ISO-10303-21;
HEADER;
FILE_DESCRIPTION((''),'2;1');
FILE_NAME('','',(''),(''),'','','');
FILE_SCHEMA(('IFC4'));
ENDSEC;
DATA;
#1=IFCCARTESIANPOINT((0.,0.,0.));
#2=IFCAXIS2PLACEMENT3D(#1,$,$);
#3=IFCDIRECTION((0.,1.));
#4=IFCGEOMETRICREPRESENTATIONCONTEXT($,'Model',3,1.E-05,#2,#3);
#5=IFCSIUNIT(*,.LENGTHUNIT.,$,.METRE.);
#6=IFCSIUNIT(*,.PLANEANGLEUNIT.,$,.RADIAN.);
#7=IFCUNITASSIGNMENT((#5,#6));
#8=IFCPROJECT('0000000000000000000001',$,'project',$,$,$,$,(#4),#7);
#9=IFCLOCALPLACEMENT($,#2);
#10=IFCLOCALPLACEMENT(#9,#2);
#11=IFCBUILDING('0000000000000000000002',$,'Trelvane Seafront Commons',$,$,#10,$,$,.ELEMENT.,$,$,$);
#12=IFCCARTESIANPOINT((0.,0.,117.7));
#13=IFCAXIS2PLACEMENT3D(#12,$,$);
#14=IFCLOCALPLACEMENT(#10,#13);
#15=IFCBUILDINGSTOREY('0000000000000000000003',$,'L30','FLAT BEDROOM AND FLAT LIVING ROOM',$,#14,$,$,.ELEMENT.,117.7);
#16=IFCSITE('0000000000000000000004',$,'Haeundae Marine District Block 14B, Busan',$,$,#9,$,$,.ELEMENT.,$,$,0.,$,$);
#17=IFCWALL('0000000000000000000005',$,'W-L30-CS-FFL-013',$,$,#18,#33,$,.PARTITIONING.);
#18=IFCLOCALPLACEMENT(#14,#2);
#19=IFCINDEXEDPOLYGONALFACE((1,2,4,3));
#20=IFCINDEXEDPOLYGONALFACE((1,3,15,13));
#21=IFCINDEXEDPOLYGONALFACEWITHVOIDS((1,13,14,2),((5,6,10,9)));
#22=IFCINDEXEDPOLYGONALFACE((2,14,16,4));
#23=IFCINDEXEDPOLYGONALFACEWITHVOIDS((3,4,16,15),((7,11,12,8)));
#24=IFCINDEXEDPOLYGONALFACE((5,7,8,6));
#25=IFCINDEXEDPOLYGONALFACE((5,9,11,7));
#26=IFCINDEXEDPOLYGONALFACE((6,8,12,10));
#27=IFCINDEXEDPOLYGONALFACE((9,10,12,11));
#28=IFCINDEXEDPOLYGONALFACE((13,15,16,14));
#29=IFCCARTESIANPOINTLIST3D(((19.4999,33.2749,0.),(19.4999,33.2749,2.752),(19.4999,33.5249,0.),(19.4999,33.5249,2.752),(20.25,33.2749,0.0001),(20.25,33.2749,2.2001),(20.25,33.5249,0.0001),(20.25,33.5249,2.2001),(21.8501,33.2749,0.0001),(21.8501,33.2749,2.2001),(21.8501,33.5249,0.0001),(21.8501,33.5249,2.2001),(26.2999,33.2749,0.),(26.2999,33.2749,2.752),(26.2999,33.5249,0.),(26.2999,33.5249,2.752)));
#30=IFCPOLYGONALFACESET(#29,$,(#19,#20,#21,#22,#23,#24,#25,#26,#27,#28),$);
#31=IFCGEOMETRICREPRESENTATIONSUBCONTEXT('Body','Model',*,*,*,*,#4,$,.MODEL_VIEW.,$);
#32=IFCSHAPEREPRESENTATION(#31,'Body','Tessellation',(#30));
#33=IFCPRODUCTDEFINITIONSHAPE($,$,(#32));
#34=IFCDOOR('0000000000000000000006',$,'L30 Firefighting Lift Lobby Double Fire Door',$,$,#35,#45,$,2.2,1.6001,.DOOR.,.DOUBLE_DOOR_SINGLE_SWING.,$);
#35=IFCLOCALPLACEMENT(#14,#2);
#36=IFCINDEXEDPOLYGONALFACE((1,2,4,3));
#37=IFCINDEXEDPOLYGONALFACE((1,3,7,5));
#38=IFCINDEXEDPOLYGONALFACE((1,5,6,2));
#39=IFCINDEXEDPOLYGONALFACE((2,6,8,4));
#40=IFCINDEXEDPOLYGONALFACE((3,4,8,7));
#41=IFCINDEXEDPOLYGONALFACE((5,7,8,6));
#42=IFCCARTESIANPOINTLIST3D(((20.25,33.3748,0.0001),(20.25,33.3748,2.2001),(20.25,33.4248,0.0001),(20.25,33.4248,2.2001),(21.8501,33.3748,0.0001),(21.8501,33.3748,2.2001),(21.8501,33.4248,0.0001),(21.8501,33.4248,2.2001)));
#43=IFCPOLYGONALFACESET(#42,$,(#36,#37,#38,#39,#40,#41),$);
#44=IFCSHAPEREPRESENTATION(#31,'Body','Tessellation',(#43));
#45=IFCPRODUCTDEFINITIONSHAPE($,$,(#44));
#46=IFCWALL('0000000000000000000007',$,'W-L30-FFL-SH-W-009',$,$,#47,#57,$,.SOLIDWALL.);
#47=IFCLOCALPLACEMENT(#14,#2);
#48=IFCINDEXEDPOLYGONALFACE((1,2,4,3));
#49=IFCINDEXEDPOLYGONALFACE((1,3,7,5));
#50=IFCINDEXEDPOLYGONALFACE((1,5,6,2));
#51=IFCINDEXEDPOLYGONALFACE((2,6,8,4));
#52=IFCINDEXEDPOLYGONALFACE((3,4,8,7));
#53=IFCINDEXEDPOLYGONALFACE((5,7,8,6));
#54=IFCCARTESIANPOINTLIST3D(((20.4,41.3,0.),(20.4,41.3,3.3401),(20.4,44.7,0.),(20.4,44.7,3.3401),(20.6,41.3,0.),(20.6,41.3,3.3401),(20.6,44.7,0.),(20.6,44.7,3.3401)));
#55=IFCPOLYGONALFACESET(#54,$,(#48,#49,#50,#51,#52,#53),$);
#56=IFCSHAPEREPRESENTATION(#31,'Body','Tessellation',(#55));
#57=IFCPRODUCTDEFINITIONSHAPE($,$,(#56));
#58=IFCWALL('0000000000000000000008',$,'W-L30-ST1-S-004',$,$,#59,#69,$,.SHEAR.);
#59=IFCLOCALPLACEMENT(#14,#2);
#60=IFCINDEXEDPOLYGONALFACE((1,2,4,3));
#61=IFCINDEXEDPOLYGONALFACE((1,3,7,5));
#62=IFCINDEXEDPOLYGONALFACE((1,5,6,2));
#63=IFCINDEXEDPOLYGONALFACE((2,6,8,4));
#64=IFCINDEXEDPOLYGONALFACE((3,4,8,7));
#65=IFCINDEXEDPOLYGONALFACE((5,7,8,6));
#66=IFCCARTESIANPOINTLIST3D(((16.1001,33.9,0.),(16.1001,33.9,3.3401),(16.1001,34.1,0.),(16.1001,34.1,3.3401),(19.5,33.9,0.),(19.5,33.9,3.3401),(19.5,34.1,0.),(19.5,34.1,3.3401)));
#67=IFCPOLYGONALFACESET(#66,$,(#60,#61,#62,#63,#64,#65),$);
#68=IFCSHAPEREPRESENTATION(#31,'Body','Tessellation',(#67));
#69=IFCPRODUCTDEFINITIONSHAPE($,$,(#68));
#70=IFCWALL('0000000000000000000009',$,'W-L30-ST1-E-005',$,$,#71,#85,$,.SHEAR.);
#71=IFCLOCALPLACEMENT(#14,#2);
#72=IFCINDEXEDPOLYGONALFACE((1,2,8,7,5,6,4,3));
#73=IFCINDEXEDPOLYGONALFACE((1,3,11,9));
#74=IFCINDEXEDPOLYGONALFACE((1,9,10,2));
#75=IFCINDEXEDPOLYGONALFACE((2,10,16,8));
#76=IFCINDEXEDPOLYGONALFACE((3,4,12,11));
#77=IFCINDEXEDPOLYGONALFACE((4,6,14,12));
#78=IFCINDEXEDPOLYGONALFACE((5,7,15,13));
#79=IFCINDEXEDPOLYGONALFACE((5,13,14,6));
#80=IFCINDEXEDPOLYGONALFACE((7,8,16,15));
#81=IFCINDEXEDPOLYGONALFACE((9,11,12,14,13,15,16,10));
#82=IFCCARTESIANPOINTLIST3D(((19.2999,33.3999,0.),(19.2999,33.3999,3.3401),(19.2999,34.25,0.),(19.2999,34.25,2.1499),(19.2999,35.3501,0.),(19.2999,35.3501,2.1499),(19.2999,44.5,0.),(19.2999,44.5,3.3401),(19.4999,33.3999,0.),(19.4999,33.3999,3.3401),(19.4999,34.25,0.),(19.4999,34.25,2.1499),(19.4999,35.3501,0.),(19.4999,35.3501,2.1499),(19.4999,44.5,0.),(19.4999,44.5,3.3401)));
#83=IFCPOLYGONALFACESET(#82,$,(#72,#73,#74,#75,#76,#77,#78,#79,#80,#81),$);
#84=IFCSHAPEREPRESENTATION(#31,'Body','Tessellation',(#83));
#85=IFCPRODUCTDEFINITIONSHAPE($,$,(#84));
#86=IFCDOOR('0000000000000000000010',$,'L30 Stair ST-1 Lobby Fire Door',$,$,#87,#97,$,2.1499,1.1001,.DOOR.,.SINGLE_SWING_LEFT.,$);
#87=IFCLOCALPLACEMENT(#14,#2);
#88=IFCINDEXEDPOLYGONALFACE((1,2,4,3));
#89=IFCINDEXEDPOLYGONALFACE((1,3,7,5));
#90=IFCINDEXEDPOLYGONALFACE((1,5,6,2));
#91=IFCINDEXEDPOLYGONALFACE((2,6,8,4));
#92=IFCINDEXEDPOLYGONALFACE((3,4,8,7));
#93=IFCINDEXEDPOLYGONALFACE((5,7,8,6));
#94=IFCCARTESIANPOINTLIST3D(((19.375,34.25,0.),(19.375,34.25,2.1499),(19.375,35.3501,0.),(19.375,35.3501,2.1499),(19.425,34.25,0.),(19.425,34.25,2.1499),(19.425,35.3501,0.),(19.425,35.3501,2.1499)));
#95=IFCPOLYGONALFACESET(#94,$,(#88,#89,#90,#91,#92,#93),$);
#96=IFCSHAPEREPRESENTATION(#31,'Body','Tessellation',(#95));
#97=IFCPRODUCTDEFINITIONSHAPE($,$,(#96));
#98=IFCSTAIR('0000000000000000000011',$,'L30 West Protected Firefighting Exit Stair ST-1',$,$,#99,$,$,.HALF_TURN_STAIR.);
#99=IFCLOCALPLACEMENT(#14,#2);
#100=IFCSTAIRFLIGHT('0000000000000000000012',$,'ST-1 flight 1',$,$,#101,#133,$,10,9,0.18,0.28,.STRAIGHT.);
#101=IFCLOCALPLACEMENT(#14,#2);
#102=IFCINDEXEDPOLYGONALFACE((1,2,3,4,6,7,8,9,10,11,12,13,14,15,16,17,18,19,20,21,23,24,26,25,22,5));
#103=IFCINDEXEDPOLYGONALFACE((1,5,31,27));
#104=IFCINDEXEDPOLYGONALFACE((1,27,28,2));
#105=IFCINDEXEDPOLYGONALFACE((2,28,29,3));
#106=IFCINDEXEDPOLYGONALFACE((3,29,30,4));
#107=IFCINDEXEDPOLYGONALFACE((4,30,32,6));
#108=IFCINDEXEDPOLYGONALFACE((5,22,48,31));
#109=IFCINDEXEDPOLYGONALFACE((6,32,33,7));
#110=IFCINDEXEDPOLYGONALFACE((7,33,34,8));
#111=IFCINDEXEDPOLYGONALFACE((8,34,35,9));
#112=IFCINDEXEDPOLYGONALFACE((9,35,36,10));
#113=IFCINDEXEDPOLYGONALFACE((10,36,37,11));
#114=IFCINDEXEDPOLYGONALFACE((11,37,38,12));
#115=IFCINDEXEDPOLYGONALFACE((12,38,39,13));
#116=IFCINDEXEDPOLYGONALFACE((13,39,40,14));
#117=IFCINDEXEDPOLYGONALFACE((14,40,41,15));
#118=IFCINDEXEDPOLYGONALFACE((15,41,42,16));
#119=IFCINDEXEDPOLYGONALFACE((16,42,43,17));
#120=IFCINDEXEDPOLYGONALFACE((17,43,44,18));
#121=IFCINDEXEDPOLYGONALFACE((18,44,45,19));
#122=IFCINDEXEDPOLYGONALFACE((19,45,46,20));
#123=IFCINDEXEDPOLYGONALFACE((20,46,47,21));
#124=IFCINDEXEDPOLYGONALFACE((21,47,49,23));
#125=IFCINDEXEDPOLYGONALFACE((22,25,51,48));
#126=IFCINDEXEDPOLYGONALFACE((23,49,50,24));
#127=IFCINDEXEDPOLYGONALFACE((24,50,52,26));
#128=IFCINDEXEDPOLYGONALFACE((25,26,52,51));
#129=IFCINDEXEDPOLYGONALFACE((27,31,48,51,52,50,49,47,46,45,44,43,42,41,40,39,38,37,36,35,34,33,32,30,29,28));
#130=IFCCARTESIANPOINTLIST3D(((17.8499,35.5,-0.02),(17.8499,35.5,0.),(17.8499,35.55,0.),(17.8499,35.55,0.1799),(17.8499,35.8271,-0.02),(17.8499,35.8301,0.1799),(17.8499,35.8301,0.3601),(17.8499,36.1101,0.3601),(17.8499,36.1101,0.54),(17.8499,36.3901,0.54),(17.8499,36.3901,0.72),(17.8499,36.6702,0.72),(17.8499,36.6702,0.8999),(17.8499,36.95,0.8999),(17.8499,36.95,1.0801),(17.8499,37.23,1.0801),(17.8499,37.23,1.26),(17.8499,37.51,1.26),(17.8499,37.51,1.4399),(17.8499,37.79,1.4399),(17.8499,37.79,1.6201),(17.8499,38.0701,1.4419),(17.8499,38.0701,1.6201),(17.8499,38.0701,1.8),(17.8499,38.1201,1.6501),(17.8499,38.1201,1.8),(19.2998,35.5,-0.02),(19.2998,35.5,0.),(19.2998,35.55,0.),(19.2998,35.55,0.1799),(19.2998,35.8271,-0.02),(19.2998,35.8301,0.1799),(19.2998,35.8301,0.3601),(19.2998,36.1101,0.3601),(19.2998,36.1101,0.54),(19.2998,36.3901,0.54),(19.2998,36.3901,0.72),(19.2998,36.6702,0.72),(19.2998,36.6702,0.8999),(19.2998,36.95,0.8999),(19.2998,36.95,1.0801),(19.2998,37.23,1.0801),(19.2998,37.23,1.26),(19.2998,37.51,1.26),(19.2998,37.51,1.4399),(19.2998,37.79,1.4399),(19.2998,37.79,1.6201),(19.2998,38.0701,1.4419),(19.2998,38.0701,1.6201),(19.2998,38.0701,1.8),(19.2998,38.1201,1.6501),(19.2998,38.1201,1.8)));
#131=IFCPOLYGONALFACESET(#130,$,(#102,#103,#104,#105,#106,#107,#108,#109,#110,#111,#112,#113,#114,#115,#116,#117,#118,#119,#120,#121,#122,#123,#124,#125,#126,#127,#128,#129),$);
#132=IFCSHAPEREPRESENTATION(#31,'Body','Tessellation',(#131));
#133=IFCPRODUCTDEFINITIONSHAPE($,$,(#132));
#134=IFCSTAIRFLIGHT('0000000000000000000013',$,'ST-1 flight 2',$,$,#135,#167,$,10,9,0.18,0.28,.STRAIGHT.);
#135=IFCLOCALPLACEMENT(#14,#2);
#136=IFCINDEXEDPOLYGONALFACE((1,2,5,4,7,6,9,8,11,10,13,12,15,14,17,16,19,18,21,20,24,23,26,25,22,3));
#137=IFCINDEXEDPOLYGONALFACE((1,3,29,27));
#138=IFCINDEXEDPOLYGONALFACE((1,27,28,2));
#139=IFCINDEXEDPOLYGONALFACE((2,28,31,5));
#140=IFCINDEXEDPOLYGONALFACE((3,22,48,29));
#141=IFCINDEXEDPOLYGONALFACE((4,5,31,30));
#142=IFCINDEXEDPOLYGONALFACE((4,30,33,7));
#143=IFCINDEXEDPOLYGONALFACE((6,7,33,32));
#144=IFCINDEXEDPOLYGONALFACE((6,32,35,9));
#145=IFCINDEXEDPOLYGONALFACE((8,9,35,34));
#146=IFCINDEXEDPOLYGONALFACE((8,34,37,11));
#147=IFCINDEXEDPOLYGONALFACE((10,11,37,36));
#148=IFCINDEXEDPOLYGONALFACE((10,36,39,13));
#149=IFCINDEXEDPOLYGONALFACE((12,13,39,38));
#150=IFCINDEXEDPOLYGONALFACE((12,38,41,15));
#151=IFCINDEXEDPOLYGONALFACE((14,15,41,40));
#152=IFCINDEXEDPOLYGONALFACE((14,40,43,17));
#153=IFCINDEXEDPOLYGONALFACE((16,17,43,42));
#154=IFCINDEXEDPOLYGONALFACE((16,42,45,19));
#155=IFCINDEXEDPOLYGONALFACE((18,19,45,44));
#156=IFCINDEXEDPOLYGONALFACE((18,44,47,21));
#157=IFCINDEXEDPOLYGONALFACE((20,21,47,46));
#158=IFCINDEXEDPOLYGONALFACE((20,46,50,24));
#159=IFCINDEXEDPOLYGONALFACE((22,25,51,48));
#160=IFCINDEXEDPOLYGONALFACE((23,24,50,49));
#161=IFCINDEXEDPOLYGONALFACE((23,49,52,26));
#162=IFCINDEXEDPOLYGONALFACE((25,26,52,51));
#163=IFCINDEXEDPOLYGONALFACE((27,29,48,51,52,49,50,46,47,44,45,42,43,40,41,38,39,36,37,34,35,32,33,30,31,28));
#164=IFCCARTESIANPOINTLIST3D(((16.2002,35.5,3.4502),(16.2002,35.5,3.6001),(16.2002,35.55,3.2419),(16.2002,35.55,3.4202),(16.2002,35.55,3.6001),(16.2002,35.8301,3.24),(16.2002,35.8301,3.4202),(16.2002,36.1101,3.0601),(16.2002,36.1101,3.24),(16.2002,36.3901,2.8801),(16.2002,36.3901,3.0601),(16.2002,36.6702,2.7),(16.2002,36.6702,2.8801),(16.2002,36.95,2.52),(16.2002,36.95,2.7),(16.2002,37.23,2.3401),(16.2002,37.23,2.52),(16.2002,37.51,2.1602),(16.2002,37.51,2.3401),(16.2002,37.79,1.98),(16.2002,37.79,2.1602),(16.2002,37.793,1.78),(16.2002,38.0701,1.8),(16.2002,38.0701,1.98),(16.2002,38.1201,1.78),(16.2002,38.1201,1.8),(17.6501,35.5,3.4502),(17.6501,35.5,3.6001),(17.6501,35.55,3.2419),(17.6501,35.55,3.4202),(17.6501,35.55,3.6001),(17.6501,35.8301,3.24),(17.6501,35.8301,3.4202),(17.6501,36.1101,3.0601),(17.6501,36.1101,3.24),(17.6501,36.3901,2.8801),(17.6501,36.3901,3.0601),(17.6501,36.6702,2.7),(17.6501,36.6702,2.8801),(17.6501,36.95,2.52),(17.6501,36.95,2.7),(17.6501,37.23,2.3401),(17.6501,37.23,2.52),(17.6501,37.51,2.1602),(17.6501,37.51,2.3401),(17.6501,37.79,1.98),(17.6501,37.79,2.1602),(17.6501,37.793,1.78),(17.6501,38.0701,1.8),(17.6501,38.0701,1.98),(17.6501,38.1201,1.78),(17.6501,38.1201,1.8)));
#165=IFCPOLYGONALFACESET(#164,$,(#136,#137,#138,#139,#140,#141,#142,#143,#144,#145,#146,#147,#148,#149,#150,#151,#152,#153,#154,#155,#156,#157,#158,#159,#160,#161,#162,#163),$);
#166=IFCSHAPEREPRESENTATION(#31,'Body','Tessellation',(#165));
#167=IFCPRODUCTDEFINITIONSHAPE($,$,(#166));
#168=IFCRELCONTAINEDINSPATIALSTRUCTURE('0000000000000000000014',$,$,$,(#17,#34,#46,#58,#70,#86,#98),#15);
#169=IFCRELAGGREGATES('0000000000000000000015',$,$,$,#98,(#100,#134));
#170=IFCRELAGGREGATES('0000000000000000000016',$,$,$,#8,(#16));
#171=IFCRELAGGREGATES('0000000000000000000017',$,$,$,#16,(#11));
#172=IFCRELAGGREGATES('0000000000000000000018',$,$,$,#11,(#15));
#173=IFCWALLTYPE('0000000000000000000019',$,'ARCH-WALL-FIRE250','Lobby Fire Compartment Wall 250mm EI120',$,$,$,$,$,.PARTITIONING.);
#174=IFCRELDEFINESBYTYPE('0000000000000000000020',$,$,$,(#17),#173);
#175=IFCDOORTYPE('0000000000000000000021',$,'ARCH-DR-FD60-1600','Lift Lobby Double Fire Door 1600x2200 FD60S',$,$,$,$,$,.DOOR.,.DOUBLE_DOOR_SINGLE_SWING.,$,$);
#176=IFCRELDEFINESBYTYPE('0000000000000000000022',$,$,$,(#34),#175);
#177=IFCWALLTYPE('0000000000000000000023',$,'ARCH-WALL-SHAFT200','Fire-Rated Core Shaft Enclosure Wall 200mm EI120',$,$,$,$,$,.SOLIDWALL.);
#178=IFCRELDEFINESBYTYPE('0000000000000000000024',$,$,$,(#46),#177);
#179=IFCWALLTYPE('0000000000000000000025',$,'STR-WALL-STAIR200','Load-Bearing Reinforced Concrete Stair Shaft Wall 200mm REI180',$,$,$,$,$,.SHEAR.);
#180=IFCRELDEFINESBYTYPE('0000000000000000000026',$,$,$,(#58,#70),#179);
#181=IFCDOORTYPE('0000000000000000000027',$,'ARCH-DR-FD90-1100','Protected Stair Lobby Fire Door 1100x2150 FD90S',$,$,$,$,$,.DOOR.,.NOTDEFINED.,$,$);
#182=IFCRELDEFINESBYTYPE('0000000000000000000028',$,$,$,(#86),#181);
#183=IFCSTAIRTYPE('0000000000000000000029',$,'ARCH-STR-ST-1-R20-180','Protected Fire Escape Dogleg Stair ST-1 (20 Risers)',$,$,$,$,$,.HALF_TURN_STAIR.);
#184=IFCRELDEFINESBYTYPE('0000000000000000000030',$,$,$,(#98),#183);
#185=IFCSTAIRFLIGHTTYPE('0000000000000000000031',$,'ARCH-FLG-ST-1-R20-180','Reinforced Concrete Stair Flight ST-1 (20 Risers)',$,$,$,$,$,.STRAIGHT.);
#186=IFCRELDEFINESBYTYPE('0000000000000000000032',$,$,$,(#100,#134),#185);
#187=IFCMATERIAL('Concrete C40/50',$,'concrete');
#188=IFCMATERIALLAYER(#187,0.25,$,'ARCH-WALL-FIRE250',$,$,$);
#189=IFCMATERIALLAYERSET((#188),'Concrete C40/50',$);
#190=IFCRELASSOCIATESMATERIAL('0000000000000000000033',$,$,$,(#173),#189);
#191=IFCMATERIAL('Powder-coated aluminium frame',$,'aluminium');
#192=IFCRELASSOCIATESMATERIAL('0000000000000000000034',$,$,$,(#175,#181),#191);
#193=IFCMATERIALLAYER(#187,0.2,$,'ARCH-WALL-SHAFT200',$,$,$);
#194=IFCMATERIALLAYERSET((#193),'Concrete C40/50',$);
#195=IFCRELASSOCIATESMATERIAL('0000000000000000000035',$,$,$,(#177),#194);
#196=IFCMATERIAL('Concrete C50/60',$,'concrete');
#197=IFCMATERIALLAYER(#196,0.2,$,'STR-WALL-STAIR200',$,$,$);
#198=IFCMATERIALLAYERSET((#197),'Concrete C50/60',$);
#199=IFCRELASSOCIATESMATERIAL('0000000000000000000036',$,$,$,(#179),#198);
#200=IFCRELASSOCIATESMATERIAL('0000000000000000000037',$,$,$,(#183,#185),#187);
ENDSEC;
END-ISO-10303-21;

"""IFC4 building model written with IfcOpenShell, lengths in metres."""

from ifc_helpers import new_model, si_unit, direction, frame, frame_2d, origin, place, context, subcontext, project, spatial, polyline, rectangle, outline, extrude, source, transform, mapped, material, layer, layer_set, type_object, element, fill, aggregate, save


model = new_model("IFC4")

# Units and contexts
model_context = context("Model", 3, precision=1e-05, world=origin(), true_north=direction((0.0, 1.0)))
body_context = subcontext(model_context, "Body", "Model", "MODEL_VIEW")
ifc_project = project(units=[si_unit("LENGTHUNIT", "METRE"), si_unit("PLANEANGLEUNIT", "RADIAN")], contexts=[model_context])

# Site, building, storey
site_placement = place(None, origin())
site = spatial("IfcSite", under=ifc_project, at=site_placement, Name="Haeundae Marine District Block 14B, Busan", CompositionType="ELEMENT", RefElevation=0.0)
building_placement = place(site_placement, origin())
building = spatial("IfcBuilding", under=site, at=building_placement, Name="Trelvane Seafront Commons", CompositionType="ELEMENT")
storey_placement = place(building_placement, frame((0.0, 0.0, 117.7)))
storey = spatial("IfcBuildingStorey", under=building, at=storey_placement, Name="L30", Description="FLAT BEDROOM AND FLAT LIVING ROOM", CompositionType="ELEMENT", Elevation=117.7)

# Wall, opening, door
ifc_material_1 = material(Name="Concrete C40/50", Category="concrete")
ifc_layer_1 = layer(ifc_material_1, 0.25, Name="ARCH-WALL-FIRE250")
ifc_layer_set_1 = layer_set([ifc_layer_1], Name="Concrete C40/50")
wall_type_1 = type_object("IfcWallType", Name="ARCH-WALL-FIRE250", Description="Lobby Fire Compartment Wall 250mm EI120", PredefinedType="PARTITIONING", material=ifc_layer_set_1)
wall_1_placement = place(storey_placement, frame((19.5, 33.3999, 0.0), z_axis=(0.0, 0.0, 1.0), x_axis=(1.0, 0.0, 0.0)))
wall_1 = element("IfcWall", 1, at=wall_1_placement, inside=storey, type_object=wall_type_1, Name="W-L30-CS-FFL-013", PredefinedType="PARTITIONING", context=body_context, shape_type="SweptSolid", body=[
    extrude(rectangle(XDim=6.8, YDim=0.25, at=frame_2d((3.3999, 0.0))), origin(), (0.0, 0.0, 1.0), 2.752),
])
opening_1_placement = place(wall_1_placement, frame((0.75, 0.0, 0.0)))
opening_1 = element("IfcOpeningElement", 2, at=opening_1_placement, cuts=wall_1, PredefinedType="OPENING", context=body_context, shape_type="SweptSolid", body=[
    extrude(rectangle(XDim=1.6001, YDim=2.2, at=frame_2d((0.8, 1.1001))), frame((0.0, 0.135, 0.0), z_axis=(0.0, -1.0, 0.0), x_axis=(1.0, 0.0, 0.0)), (0.0, 0.0, 1.0), 0.27),
])
ifc_material_2 = material(Name="Powder-coated aluminium frame", Category="aluminium")
door_type_1 = type_object("IfcDoorType", Name="ARCH-DR-FD60-1600", Description="Lift Lobby Double Fire Door 1600x2200 FD60S", OperationType="DOUBLE_DOOR_SINGLE_SWING", PredefinedType="DOOR", material=ifc_material_2)
shared_shape_1 = source(origin(), body_context, "Body", "SweptSolid", [
    extrude(rectangle(XDim=1.6001, YDim=2.2, at=frame_2d((0.8, 1.1001))), frame((0.0, 0.0249, 0.0), z_axis=(0.0, -1.0, 0.0), x_axis=(1.0, 0.0, 0.0)), (0.0, 0.0, 1.0), 0.05),
])
door_1_placement = place(opening_1_placement, origin())
door_1 = element("IfcDoor", 3, at=door_1_placement, inside=storey, type_object=door_type_1, Name="L30 Firefighting Lift Lobby Double Fire Door", OperationType="DOUBLE_DOOR_SINGLE_SWING", OverallHeight=2.2, OverallWidth=1.6001, PredefinedType="DOOR", context=body_context, shape_type="MappedRepresentation", body=[
    mapped(shared_shape_1, transform((0.0, 0.0, 0.0), x_axis=(1.0, 0.0, 0.0), y_axis=(0.0, 1.0, 0.0), z_axis=(0.0, 0.0, 1.0), scale=1.0)),
])
fill(opening_1, door_1)

# Shared definitions
ifc_layer_2 = layer(ifc_material_1, 0.2, Name="ARCH-WALL-SHAFT200")
ifc_layer_set_2 = layer_set([ifc_layer_2], Name="Concrete C40/50")
wall_type_2 = type_object("IfcWallType", Name="ARCH-WALL-SHAFT200", Description="Fire-Rated Core Shaft Enclosure Wall 200mm EI120", PredefinedType="SOLIDWALL", material=ifc_layer_set_2)
shared_shape_2 = source(origin(), body_context, "Body", "SweptSolid", [
    extrude(rectangle(XDim=1.1001, YDim=2.1499, at=frame_2d((0.55, 1.075))), frame((0.0, 0.0249, 0.0), z_axis=(0.0, -1.0, 0.0), x_axis=(1.0, 0.0, 0.0)), (0.0, 0.0, 1.0), 0.05),
])

# Walls
wall_2_placement = place(storey_placement, frame((20.5, 41.3, 0.0), z_axis=(0.0, 0.0, 1.0), x_axis=(0.0, 1.0, 0.0)))
element("IfcWall", 4, at=wall_2_placement, inside=storey, type_object=wall_type_2, Name="W-L30-FFL-SH-W-009", PredefinedType="SOLIDWALL", context=body_context, shape_type="SweptSolid", body=[
    extrude(rectangle(XDim=3.3999, YDim=0.2, at=frame_2d((1.7, 0.0))), origin(), (0.0, 0.0, 1.0), 3.3401),
])
ifc_material_3 = material(Name="Concrete C50/60", Category="concrete")
ifc_layer_3 = layer(ifc_material_3, 0.2, Name="STR-WALL-STAIR200")
ifc_layer_set_3 = layer_set([ifc_layer_3], Name="Concrete C50/60")
wall_type_3 = type_object("IfcWallType", Name="STR-WALL-STAIR200", Description="Load-Bearing Reinforced Concrete Stair Shaft Wall 200mm REI180", PredefinedType="SHEAR", material=ifc_layer_set_3)
wall_3_placement = place(storey_placement, frame((16.1001, 34.0, 0.0), z_axis=(0.0, 0.0, 1.0), x_axis=(1.0, 0.0, 0.0)))
element("IfcWall", 5, at=wall_3_placement, inside=storey, type_object=wall_type_3, Name="W-L30-ST1-S-004", PredefinedType="SHEAR", context=body_context, shape_type="SweptSolid", body=[
    extrude(rectangle(XDim=3.3999, YDim=0.2, at=frame_2d((1.7, 0.0))), origin(), (0.0, 0.0, 1.0), 3.3401),
])

# Wall, opening, door
wall_4_placement = place(storey_placement, frame((19.3999, 33.3999, 0.0), z_axis=(0.0, 0.0, 1.0), x_axis=(0.0, 1.0, 0.0)))
wall_4 = element("IfcWall", 6, at=wall_4_placement, inside=storey, type_object=wall_type_3, Name="W-L30-ST1-E-005", PredefinedType="SHEAR", context=body_context, shape_type="SweptSolid", body=[
    extrude(rectangle(XDim=11.1001, YDim=0.2, at=frame_2d((5.55, 0.0))), origin(), (0.0, 0.0, 1.0), 3.3401),
])
opening_2_placement = place(wall_4_placement, frame((0.8501, 0.0, 0.0)))
opening_2 = element("IfcOpeningElement", 7, at=opening_2_placement, cuts=wall_4, PredefinedType="OPENING", context=body_context, shape_type="SweptSolid", body=[
    extrude(rectangle(XDim=1.1001, YDim=2.1499, at=frame_2d((0.55, 1.075))), frame((0.0, 0.1099, 0.0), z_axis=(0.0, -1.0, 0.0), x_axis=(1.0, 0.0, 0.0)), (0.0, 0.0, 1.0), 0.22),
])
door_type_2 = type_object("IfcDoorType", Name="ARCH-DR-FD90-1100", Description="Protected Stair Lobby Fire Door 1100x2150 FD90S", OperationType="NOTDEFINED", PredefinedType="DOOR", material=ifc_material_2)
door_2_placement = place(opening_2_placement, origin())
door_2 = element("IfcDoor", 8, at=door_2_placement, inside=storey, type_object=door_type_2, Name="L30 Stair ST-1 Lobby Fire Door", OperationType="SINGLE_SWING_LEFT", OverallHeight=2.1499, OverallWidth=1.1001, PredefinedType="DOOR", context=body_context, shape_type="MappedRepresentation", body=[
    mapped(shared_shape_2, transform((0.0, 0.0, 0.0), x_axis=(1.0, 0.0, 0.0), y_axis=(0.0, 1.0, 0.0), z_axis=(0.0, 0.0, 1.0), scale=1.0)),
])
fill(opening_2, door_2)

# Stair, stair flights
stair_type = type_object("IfcStairType", Name="ARCH-STR-ST-1-R20-180", Description="Protected Fire Escape Dogleg Stair ST-1 (20 Risers)", PredefinedType="HALF_TURN_STAIR", material=ifc_material_1)
stair_placement = place(storey_placement, origin())
stair = element("IfcStair", 9, at=stair_placement, inside=storey, type_object=stair_type, Name="L30 West Protected Firefighting Exit Stair ST-1", PredefinedType="HALF_TURN_STAIR")
stair_flight_type = type_object("IfcStairFlightType", Name="ARCH-FLG-ST-1-R20-180", Description="Reinforced Concrete Stair Flight ST-1 (20 Risers)", PredefinedType="STRAIGHT", material=ifc_material_1)
shared_shape_3 = source(origin(), body_context, "Body", "SweptSolid", [
    extrude(outline(polyline([(-0.05, -0.02), (-0.05, 0.0), (0.0, 0.0), (0.0, 0.1799), (0.28, 0.1799), (0.28, 0.3601), (0.5601, 0.3601), (0.5601, 0.54), (0.8401, 0.54), (0.8401, 0.72), (1.1201, 0.72), (1.1201, 0.8999), (1.3999, 0.8999), (1.3999, 1.0801), (1.6799, 1.0801), (1.6799, 1.26), (1.96, 1.26), (1.96, 1.4399), (2.24, 1.4399), (2.24, 1.6201), (2.52, 1.6201), (2.52, 1.8), (2.5701, 1.8), (2.5701, 1.6501), (2.52, 1.4419), (0.2771, -0.02), (-0.05, -0.02)])), frame((0.0, 0.7251, 0.0), z_axis=(0.0, -1.0, 0.0), x_axis=(1.0, 0.0, 0.0)), (0.0, 0.0, 1.0), 1.45),
])
stair_flight_1_placement = place(storey_placement, frame((18.575, 35.55, 0.0), z_axis=(0.0, 0.0, 1.0), x_axis=(0.0, 1.0, 0.0)))
stair_flight_1 = element("IfcStairFlight", 10, at=stair_flight_1_placement, type_object=stair_flight_type, Name="ST-1 flight 1", NumberOfRisers=10, NumberOfTreads=9, PredefinedType="STRAIGHT", RiserHeight=0.18, TreadLength=0.28, context=body_context, shape_type="MappedRepresentation", body=[
    mapped(shared_shape_3, transform((0.0, 0.0, 0.0), x_axis=(1.0, 0.0, 0.0), y_axis=(0.0, 1.0, 0.0), z_axis=(0.0, 0.0, 1.0), scale=1.0)),
])
stair_flight_2_placement = place(storey_placement, frame((16.925, 38.0701, 1.8), z_axis=(0.0, 0.0, 1.0), x_axis=(0.0, -1.0, 0.0)))
stair_flight_2 = element("IfcStairFlight", 11, at=stair_flight_2_placement, type_object=stair_flight_type, Name="ST-1 flight 2", NumberOfRisers=10, NumberOfTreads=9, PredefinedType="STRAIGHT", RiserHeight=0.18, TreadLength=0.28, context=body_context, shape_type="MappedRepresentation", body=[
    mapped(shared_shape_3, transform((0.0, 0.0, 0.0), x_axis=(1.0, 0.0, 0.0), y_axis=(0.0, 1.0, 0.0), z_axis=(0.0, 0.0, 1.0), scale=1.0)),
])
aggregate(stair, [stair_flight_1, stair_flight_2])

save(model, "model.ifc")
